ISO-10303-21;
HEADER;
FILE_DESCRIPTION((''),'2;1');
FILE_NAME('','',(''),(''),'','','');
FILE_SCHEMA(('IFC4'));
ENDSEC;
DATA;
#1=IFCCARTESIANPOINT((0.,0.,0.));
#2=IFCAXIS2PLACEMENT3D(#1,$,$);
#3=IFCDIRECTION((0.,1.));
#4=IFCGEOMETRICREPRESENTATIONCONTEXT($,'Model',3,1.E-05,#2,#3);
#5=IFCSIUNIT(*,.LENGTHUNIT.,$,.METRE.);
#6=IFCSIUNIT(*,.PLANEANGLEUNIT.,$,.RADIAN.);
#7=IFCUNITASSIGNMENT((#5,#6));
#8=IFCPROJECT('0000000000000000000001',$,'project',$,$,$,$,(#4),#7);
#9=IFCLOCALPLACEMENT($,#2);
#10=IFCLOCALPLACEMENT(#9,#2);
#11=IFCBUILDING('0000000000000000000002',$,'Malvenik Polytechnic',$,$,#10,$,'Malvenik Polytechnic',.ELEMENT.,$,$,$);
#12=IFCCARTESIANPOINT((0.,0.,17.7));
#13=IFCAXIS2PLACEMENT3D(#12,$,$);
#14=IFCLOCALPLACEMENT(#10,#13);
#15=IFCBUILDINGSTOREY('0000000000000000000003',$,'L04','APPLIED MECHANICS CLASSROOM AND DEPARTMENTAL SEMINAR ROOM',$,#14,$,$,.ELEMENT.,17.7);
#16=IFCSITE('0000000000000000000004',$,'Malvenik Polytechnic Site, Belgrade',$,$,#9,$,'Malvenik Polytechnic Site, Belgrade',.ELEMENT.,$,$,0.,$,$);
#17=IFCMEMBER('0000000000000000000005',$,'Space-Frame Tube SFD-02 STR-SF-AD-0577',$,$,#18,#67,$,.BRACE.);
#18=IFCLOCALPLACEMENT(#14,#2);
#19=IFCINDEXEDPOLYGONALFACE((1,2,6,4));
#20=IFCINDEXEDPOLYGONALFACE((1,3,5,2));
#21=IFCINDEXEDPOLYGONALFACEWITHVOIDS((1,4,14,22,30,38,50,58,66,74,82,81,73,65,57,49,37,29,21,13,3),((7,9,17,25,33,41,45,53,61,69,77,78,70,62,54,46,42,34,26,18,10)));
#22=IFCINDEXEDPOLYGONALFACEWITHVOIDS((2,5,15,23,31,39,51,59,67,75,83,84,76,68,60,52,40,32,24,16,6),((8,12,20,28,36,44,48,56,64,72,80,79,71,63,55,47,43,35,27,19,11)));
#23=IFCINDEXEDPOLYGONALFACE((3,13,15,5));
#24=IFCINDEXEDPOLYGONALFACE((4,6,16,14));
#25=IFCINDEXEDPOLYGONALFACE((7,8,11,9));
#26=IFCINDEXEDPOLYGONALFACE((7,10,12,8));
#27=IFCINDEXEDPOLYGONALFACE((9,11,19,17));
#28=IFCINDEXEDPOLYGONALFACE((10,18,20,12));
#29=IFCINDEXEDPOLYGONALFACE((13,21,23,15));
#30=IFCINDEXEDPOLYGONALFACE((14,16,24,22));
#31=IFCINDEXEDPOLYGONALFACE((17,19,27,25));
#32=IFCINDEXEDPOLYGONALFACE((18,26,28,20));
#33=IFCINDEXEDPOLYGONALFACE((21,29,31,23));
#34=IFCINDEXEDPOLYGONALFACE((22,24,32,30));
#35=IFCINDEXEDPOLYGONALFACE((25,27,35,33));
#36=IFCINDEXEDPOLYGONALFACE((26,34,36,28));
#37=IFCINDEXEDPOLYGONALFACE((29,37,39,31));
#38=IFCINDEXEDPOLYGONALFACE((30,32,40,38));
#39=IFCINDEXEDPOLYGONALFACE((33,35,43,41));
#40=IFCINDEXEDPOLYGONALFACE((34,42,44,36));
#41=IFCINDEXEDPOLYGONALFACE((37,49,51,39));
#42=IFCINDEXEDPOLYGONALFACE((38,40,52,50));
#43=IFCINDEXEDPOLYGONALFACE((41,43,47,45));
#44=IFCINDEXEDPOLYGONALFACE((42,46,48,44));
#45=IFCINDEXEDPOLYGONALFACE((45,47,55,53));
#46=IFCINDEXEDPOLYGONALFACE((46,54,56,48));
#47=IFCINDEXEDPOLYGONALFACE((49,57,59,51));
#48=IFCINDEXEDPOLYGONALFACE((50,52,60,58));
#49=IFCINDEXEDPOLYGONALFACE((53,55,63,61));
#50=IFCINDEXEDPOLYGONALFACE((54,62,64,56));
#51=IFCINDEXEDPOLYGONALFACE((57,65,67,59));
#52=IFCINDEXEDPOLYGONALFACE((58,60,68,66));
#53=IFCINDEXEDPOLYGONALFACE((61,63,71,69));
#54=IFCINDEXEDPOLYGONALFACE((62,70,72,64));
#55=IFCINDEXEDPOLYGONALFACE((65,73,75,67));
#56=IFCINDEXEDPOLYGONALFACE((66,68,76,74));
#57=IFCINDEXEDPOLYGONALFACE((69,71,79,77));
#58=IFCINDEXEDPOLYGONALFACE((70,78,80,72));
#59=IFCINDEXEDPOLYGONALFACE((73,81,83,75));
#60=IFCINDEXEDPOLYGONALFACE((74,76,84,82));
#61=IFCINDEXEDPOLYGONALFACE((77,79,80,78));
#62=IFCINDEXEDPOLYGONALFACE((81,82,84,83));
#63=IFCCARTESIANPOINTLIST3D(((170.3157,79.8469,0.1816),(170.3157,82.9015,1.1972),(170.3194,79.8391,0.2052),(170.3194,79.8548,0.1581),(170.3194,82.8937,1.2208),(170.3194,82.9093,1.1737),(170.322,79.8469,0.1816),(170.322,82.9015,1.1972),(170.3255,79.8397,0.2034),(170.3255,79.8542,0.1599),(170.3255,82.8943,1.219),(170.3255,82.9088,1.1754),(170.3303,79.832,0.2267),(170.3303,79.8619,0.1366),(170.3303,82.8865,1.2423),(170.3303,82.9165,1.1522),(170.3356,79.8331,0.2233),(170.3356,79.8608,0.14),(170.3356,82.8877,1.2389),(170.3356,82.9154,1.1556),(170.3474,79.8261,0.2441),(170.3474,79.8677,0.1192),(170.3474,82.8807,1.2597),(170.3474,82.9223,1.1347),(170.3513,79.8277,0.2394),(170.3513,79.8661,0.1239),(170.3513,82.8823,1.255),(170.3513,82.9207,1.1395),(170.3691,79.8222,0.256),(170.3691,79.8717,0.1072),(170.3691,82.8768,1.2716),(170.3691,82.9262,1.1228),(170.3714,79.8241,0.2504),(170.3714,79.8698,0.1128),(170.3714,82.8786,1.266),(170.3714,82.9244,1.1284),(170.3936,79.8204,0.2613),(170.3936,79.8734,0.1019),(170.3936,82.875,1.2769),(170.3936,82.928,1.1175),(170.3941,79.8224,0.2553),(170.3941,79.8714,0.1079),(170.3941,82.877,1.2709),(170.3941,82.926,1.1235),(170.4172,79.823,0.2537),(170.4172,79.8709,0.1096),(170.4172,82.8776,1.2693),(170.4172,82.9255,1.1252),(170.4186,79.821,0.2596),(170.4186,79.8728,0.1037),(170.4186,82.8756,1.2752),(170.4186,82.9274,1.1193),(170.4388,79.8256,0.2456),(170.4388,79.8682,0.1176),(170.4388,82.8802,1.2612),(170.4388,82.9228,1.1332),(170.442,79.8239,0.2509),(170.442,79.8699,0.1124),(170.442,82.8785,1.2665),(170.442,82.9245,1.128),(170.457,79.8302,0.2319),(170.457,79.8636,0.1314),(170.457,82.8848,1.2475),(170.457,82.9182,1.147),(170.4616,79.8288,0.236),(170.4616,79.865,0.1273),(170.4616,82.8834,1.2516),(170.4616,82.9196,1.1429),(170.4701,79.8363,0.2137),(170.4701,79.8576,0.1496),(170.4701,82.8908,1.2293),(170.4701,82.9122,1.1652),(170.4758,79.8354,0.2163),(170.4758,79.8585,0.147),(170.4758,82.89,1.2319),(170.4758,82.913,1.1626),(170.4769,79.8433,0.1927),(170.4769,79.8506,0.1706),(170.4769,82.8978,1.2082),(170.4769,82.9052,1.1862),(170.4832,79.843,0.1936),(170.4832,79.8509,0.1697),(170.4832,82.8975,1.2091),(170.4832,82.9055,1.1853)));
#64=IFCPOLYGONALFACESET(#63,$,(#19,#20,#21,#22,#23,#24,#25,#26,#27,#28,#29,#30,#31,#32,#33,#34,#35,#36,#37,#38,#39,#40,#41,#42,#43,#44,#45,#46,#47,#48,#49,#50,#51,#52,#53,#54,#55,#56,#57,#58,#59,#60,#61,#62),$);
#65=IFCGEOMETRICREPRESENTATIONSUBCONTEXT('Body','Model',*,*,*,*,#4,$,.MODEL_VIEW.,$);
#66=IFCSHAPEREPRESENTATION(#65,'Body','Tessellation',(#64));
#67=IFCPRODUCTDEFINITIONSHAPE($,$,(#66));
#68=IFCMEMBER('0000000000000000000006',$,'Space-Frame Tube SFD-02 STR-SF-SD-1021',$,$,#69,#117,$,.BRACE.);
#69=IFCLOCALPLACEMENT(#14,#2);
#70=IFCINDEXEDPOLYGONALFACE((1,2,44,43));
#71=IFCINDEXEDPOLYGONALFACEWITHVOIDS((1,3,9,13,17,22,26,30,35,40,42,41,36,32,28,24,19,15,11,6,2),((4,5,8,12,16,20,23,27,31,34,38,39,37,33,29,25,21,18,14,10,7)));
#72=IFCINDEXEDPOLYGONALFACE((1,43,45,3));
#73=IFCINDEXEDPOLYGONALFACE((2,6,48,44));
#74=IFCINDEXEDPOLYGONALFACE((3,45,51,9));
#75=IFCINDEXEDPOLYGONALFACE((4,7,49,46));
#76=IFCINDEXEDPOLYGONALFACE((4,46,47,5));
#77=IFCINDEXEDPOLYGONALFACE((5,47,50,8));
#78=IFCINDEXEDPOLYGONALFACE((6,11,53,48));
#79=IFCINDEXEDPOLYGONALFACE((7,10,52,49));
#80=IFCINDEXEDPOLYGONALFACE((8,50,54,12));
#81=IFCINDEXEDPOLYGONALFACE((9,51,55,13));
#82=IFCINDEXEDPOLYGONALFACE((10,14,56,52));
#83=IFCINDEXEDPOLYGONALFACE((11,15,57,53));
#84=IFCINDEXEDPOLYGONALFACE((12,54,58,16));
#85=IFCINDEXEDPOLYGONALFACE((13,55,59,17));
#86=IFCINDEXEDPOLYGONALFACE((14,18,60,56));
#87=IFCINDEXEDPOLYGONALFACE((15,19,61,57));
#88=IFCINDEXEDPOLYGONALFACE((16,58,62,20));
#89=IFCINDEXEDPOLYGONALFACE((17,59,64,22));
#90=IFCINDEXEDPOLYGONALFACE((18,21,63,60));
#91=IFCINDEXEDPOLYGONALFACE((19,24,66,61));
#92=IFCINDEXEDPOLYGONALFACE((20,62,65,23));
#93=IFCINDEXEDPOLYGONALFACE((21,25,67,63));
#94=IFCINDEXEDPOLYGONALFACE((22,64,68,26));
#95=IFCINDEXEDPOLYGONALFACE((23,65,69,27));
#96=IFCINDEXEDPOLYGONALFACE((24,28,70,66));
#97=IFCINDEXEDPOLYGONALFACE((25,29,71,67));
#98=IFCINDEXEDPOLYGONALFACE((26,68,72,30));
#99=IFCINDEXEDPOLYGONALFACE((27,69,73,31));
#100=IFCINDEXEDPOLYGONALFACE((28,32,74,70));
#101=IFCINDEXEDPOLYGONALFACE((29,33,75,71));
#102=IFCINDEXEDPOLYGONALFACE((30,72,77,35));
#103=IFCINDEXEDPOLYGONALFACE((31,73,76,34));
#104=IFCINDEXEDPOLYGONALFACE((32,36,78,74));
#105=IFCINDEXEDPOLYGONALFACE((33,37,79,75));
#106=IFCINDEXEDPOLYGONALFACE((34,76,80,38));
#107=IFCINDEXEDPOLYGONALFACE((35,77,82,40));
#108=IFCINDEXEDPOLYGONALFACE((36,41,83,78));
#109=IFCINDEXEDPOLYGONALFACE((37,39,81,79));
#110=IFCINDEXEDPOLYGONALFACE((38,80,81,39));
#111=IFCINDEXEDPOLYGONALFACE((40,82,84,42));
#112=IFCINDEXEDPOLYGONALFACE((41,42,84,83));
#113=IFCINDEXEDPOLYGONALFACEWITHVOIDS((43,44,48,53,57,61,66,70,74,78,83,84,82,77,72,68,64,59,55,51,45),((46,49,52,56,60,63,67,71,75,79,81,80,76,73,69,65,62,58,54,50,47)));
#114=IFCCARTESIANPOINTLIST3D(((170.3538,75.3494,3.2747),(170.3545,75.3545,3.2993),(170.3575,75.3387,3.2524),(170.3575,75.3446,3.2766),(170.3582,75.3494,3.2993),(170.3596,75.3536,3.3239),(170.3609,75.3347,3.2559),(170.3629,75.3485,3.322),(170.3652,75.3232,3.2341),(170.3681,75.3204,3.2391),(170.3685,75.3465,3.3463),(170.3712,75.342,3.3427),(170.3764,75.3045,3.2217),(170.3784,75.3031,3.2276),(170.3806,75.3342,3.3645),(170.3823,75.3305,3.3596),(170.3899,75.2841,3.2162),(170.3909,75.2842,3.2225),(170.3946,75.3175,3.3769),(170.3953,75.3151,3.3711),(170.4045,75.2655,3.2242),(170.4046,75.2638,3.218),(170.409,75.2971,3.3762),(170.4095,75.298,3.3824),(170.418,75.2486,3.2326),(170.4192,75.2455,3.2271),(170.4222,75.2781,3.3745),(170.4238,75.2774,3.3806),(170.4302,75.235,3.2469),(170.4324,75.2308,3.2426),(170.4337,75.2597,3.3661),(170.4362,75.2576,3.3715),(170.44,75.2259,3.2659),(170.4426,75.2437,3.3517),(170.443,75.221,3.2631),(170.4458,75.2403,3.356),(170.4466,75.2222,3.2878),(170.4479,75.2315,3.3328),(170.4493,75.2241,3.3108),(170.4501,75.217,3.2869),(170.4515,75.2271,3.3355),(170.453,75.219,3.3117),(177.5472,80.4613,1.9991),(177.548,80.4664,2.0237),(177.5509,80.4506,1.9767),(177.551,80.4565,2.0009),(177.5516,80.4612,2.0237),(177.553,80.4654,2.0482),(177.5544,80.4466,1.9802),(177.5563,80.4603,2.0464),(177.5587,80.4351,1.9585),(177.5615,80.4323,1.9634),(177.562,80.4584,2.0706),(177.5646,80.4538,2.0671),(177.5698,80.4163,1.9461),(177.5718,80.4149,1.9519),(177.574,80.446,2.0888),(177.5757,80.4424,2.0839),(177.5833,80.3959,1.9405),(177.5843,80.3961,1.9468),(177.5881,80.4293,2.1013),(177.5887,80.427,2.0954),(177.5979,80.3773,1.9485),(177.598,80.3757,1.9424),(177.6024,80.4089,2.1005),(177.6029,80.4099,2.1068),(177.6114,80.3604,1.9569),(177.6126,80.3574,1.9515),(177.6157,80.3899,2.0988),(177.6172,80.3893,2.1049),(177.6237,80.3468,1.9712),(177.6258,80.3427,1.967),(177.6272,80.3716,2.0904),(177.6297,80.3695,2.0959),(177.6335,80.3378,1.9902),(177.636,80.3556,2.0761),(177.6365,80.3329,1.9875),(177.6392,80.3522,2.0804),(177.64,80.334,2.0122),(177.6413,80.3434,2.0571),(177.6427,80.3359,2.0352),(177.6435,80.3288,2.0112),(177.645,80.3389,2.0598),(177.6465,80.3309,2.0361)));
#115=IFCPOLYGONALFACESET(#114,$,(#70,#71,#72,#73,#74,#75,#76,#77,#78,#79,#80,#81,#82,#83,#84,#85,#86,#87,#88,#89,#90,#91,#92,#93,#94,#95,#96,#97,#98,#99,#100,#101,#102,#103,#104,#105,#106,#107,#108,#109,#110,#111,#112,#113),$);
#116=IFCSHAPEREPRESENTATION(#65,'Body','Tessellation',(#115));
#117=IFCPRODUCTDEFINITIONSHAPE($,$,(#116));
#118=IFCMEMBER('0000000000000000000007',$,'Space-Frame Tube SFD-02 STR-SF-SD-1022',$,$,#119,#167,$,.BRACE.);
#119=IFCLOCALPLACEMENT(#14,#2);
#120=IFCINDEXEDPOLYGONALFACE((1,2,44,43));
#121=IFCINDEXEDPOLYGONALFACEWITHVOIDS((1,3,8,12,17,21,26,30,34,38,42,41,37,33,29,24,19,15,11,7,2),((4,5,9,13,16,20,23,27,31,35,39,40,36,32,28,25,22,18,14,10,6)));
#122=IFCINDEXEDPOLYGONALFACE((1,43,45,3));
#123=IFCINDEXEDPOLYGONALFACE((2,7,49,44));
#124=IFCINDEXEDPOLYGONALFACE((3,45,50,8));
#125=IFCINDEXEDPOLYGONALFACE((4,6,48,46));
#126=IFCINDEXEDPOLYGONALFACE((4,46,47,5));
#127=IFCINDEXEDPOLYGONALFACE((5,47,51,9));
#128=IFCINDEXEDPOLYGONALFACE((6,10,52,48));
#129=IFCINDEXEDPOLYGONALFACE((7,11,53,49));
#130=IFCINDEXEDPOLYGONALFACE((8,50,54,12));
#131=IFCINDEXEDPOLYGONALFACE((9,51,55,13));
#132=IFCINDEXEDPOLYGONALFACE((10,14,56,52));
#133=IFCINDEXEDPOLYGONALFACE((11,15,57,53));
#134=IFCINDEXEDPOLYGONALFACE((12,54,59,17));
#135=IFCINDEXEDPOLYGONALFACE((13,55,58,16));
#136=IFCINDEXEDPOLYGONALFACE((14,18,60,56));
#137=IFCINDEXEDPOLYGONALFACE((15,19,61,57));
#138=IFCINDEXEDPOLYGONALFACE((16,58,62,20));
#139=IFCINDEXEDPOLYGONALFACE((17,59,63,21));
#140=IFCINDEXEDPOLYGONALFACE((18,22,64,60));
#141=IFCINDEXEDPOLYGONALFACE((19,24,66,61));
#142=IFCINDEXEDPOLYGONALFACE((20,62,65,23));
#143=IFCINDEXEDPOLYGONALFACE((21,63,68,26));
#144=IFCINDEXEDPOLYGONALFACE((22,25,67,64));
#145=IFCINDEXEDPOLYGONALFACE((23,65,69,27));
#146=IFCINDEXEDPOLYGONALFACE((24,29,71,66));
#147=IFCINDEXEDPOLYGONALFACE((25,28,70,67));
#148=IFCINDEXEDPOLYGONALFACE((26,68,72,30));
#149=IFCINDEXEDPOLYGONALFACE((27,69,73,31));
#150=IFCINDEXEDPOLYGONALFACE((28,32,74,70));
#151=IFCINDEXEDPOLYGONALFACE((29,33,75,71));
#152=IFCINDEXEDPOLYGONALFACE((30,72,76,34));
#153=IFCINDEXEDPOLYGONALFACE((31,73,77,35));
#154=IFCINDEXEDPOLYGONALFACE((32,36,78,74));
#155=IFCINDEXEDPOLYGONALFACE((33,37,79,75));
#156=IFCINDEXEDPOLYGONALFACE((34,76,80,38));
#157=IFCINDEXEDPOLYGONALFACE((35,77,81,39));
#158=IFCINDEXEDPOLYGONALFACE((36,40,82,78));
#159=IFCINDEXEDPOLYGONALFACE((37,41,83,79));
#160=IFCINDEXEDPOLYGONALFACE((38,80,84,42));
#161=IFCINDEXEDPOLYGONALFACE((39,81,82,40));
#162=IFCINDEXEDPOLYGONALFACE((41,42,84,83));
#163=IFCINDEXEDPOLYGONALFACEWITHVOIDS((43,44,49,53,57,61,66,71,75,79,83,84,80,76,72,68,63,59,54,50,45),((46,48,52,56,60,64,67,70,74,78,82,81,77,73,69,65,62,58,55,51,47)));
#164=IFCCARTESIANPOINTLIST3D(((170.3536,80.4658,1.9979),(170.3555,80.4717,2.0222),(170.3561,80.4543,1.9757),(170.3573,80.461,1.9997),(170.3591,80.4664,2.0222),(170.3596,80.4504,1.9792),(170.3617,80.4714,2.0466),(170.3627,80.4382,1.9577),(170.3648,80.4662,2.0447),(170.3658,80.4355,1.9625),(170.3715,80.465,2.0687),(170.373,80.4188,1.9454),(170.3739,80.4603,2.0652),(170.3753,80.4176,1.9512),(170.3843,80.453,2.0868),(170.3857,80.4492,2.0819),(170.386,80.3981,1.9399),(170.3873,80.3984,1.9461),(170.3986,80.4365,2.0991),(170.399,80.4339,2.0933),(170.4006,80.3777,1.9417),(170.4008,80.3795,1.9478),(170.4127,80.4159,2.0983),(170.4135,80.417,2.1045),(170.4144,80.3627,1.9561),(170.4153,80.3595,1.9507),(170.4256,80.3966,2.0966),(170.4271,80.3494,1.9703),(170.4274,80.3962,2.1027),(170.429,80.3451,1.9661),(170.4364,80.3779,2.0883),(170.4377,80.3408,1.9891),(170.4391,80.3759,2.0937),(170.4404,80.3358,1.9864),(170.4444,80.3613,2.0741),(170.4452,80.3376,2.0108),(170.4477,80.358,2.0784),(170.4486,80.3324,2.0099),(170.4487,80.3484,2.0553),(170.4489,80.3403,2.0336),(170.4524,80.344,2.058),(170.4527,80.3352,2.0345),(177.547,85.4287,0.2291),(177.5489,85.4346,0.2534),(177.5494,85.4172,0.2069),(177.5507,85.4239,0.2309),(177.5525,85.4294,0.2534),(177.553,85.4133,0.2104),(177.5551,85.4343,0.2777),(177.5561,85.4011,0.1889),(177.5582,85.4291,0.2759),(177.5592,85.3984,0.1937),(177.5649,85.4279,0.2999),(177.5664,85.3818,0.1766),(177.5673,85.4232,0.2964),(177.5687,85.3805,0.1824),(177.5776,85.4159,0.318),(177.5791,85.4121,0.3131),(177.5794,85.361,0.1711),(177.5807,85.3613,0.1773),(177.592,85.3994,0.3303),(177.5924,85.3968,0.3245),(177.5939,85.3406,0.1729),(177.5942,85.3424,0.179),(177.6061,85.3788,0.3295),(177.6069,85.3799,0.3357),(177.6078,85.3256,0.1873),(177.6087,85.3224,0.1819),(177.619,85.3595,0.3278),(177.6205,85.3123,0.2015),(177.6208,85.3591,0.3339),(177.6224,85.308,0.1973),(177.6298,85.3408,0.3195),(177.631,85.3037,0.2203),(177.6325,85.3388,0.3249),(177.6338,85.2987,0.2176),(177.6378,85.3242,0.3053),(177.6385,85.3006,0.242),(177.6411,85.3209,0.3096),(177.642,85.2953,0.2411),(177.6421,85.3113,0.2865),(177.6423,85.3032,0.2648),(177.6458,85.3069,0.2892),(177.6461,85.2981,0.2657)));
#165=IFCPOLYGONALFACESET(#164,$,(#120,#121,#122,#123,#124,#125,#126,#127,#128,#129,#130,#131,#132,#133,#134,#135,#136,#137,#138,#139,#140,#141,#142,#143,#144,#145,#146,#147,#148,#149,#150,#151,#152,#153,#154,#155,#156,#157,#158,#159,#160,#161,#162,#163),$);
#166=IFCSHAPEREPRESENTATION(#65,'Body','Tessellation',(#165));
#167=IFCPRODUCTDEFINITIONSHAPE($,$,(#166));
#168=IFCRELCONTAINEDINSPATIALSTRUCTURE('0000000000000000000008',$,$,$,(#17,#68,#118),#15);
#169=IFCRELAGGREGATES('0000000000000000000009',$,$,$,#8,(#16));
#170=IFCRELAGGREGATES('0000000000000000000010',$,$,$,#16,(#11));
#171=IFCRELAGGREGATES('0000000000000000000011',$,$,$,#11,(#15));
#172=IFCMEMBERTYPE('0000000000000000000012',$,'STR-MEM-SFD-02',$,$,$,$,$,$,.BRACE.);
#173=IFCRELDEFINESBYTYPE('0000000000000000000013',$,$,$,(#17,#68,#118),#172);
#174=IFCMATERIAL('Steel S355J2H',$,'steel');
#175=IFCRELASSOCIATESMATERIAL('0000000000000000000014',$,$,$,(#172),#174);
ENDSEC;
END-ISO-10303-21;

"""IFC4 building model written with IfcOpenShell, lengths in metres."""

from ifc_helpers import new_model, si_unit, direction, frame, origin, origin_2d, place, context, subcontext, project, spatial, hollow_circle, extrude, material, material_profile, profile_set, type_object, element, save


model = new_model("IFC4")

# Units and contexts
model_context = context("Model", 3, precision=1e-05, world=origin(), true_north=direction((0.0, 1.0)))
body_context = subcontext(model_context, "Body", "Model", "MODEL_VIEW")
ifc_project = project(units=[si_unit("LENGTHUNIT", "METRE"), si_unit("PLANEANGLEUNIT", "RADIAN")], contexts=[model_context])

# Site, building, storey
site_placement = place(None, origin())
site = spatial("IfcSite", under=ifc_project, at=site_placement, Name="Malvenik Polytechnic Site, Belgrade", LongName="Malvenik Polytechnic Site, Belgrade", CompositionType="ELEMENT", RefElevation=0.0)
building_placement = place(site_placement, origin())
building = spatial("IfcBuilding", under=site, at=building_placement, Name="Malvenik Polytechnic", LongName="Malvenik Polytechnic", CompositionType="ELEMENT")
storey_placement = place(building_placement, frame((0.0, 0.0, 17.7)))
storey = spatial("IfcBuildingStorey", under=building, at=storey_placement, Name="L04", Description="APPLIED MECHANICS CLASSROOM AND DEPARTMENTAL SEMINAR ROOM", CompositionType="ELEMENT", Elevation=17.7)

# Members
ifc_material = material(Name="Steel S355J2H", Category="steel")
ifc_material_profile_1 = material_profile(ifc_material, hollow_circle(Radius=0.0842, WallThickness=0.0063, at=origin_2d()), Name="CHS 168.3x6.3")
ifc_profile_set_1 = profile_set([ifc_material_profile_1], Name="Steel S355J2H")
member_type_1 = type_object("IfcMemberType", Name="STR-MEM-SFD-02", PredefinedType="BRACE", material=ifc_profile_set_1)
for number, where, z_axis, x_axis, name in (
    (1, (170.3999, 79.8469, 0.1816), (0.0, 0.948926, 0.3155), (-1.0, 0.0, 0.0), "Space-Frame Tube SFD-02 STR-SF-AD-0577"),
):
    element("IfcMember", number, at=place(storey_placement, frame(where, z_axis=z_axis, x_axis=x_axis)), inside=storey, type_object=member_type_1, Name=name, PredefinedType="BRACE", context=body_context, shape_type="SweptSolid", body=[
        extrude(hollow_circle(Radius=0.0842, WallThickness=0.0063, at=origin_2d()), origin(), (0.0, 0.0, 1.0), 3.219),
    ])
for number, where, z_axis, x_axis, name in (
    (2, (170.4033, 75.2859, 3.2993), (0.806755, 0.573304, -0.143066), (-0.579263, 0.815141, 0.0), "Space-Frame Tube SFD-02 STR-SF-SD-1021"),
    (3, (170.4033, 80.4023, 2.0222), (0.80675, 0.556598, -0.198374), (-0.567884, 0.823108, 0.0), "Space-Frame Tube SFD-02 STR-SF-SD-1022"),
):
    element("IfcMember", number, at=place(storey_placement, frame(where, z_axis=z_axis, x_axis=x_axis)), inside=storey, type_object=member_type_1, Name=name, PredefinedType="BRACE", context=body_context, shape_type="SweptSolid", body=[
        extrude(hollow_circle(Radius=0.0842, WallThickness=0.0063, at=origin_2d()), origin(), (0.0, 0.0, 1.0), 8.9165),
    ])

save(model, "model.ifc")
